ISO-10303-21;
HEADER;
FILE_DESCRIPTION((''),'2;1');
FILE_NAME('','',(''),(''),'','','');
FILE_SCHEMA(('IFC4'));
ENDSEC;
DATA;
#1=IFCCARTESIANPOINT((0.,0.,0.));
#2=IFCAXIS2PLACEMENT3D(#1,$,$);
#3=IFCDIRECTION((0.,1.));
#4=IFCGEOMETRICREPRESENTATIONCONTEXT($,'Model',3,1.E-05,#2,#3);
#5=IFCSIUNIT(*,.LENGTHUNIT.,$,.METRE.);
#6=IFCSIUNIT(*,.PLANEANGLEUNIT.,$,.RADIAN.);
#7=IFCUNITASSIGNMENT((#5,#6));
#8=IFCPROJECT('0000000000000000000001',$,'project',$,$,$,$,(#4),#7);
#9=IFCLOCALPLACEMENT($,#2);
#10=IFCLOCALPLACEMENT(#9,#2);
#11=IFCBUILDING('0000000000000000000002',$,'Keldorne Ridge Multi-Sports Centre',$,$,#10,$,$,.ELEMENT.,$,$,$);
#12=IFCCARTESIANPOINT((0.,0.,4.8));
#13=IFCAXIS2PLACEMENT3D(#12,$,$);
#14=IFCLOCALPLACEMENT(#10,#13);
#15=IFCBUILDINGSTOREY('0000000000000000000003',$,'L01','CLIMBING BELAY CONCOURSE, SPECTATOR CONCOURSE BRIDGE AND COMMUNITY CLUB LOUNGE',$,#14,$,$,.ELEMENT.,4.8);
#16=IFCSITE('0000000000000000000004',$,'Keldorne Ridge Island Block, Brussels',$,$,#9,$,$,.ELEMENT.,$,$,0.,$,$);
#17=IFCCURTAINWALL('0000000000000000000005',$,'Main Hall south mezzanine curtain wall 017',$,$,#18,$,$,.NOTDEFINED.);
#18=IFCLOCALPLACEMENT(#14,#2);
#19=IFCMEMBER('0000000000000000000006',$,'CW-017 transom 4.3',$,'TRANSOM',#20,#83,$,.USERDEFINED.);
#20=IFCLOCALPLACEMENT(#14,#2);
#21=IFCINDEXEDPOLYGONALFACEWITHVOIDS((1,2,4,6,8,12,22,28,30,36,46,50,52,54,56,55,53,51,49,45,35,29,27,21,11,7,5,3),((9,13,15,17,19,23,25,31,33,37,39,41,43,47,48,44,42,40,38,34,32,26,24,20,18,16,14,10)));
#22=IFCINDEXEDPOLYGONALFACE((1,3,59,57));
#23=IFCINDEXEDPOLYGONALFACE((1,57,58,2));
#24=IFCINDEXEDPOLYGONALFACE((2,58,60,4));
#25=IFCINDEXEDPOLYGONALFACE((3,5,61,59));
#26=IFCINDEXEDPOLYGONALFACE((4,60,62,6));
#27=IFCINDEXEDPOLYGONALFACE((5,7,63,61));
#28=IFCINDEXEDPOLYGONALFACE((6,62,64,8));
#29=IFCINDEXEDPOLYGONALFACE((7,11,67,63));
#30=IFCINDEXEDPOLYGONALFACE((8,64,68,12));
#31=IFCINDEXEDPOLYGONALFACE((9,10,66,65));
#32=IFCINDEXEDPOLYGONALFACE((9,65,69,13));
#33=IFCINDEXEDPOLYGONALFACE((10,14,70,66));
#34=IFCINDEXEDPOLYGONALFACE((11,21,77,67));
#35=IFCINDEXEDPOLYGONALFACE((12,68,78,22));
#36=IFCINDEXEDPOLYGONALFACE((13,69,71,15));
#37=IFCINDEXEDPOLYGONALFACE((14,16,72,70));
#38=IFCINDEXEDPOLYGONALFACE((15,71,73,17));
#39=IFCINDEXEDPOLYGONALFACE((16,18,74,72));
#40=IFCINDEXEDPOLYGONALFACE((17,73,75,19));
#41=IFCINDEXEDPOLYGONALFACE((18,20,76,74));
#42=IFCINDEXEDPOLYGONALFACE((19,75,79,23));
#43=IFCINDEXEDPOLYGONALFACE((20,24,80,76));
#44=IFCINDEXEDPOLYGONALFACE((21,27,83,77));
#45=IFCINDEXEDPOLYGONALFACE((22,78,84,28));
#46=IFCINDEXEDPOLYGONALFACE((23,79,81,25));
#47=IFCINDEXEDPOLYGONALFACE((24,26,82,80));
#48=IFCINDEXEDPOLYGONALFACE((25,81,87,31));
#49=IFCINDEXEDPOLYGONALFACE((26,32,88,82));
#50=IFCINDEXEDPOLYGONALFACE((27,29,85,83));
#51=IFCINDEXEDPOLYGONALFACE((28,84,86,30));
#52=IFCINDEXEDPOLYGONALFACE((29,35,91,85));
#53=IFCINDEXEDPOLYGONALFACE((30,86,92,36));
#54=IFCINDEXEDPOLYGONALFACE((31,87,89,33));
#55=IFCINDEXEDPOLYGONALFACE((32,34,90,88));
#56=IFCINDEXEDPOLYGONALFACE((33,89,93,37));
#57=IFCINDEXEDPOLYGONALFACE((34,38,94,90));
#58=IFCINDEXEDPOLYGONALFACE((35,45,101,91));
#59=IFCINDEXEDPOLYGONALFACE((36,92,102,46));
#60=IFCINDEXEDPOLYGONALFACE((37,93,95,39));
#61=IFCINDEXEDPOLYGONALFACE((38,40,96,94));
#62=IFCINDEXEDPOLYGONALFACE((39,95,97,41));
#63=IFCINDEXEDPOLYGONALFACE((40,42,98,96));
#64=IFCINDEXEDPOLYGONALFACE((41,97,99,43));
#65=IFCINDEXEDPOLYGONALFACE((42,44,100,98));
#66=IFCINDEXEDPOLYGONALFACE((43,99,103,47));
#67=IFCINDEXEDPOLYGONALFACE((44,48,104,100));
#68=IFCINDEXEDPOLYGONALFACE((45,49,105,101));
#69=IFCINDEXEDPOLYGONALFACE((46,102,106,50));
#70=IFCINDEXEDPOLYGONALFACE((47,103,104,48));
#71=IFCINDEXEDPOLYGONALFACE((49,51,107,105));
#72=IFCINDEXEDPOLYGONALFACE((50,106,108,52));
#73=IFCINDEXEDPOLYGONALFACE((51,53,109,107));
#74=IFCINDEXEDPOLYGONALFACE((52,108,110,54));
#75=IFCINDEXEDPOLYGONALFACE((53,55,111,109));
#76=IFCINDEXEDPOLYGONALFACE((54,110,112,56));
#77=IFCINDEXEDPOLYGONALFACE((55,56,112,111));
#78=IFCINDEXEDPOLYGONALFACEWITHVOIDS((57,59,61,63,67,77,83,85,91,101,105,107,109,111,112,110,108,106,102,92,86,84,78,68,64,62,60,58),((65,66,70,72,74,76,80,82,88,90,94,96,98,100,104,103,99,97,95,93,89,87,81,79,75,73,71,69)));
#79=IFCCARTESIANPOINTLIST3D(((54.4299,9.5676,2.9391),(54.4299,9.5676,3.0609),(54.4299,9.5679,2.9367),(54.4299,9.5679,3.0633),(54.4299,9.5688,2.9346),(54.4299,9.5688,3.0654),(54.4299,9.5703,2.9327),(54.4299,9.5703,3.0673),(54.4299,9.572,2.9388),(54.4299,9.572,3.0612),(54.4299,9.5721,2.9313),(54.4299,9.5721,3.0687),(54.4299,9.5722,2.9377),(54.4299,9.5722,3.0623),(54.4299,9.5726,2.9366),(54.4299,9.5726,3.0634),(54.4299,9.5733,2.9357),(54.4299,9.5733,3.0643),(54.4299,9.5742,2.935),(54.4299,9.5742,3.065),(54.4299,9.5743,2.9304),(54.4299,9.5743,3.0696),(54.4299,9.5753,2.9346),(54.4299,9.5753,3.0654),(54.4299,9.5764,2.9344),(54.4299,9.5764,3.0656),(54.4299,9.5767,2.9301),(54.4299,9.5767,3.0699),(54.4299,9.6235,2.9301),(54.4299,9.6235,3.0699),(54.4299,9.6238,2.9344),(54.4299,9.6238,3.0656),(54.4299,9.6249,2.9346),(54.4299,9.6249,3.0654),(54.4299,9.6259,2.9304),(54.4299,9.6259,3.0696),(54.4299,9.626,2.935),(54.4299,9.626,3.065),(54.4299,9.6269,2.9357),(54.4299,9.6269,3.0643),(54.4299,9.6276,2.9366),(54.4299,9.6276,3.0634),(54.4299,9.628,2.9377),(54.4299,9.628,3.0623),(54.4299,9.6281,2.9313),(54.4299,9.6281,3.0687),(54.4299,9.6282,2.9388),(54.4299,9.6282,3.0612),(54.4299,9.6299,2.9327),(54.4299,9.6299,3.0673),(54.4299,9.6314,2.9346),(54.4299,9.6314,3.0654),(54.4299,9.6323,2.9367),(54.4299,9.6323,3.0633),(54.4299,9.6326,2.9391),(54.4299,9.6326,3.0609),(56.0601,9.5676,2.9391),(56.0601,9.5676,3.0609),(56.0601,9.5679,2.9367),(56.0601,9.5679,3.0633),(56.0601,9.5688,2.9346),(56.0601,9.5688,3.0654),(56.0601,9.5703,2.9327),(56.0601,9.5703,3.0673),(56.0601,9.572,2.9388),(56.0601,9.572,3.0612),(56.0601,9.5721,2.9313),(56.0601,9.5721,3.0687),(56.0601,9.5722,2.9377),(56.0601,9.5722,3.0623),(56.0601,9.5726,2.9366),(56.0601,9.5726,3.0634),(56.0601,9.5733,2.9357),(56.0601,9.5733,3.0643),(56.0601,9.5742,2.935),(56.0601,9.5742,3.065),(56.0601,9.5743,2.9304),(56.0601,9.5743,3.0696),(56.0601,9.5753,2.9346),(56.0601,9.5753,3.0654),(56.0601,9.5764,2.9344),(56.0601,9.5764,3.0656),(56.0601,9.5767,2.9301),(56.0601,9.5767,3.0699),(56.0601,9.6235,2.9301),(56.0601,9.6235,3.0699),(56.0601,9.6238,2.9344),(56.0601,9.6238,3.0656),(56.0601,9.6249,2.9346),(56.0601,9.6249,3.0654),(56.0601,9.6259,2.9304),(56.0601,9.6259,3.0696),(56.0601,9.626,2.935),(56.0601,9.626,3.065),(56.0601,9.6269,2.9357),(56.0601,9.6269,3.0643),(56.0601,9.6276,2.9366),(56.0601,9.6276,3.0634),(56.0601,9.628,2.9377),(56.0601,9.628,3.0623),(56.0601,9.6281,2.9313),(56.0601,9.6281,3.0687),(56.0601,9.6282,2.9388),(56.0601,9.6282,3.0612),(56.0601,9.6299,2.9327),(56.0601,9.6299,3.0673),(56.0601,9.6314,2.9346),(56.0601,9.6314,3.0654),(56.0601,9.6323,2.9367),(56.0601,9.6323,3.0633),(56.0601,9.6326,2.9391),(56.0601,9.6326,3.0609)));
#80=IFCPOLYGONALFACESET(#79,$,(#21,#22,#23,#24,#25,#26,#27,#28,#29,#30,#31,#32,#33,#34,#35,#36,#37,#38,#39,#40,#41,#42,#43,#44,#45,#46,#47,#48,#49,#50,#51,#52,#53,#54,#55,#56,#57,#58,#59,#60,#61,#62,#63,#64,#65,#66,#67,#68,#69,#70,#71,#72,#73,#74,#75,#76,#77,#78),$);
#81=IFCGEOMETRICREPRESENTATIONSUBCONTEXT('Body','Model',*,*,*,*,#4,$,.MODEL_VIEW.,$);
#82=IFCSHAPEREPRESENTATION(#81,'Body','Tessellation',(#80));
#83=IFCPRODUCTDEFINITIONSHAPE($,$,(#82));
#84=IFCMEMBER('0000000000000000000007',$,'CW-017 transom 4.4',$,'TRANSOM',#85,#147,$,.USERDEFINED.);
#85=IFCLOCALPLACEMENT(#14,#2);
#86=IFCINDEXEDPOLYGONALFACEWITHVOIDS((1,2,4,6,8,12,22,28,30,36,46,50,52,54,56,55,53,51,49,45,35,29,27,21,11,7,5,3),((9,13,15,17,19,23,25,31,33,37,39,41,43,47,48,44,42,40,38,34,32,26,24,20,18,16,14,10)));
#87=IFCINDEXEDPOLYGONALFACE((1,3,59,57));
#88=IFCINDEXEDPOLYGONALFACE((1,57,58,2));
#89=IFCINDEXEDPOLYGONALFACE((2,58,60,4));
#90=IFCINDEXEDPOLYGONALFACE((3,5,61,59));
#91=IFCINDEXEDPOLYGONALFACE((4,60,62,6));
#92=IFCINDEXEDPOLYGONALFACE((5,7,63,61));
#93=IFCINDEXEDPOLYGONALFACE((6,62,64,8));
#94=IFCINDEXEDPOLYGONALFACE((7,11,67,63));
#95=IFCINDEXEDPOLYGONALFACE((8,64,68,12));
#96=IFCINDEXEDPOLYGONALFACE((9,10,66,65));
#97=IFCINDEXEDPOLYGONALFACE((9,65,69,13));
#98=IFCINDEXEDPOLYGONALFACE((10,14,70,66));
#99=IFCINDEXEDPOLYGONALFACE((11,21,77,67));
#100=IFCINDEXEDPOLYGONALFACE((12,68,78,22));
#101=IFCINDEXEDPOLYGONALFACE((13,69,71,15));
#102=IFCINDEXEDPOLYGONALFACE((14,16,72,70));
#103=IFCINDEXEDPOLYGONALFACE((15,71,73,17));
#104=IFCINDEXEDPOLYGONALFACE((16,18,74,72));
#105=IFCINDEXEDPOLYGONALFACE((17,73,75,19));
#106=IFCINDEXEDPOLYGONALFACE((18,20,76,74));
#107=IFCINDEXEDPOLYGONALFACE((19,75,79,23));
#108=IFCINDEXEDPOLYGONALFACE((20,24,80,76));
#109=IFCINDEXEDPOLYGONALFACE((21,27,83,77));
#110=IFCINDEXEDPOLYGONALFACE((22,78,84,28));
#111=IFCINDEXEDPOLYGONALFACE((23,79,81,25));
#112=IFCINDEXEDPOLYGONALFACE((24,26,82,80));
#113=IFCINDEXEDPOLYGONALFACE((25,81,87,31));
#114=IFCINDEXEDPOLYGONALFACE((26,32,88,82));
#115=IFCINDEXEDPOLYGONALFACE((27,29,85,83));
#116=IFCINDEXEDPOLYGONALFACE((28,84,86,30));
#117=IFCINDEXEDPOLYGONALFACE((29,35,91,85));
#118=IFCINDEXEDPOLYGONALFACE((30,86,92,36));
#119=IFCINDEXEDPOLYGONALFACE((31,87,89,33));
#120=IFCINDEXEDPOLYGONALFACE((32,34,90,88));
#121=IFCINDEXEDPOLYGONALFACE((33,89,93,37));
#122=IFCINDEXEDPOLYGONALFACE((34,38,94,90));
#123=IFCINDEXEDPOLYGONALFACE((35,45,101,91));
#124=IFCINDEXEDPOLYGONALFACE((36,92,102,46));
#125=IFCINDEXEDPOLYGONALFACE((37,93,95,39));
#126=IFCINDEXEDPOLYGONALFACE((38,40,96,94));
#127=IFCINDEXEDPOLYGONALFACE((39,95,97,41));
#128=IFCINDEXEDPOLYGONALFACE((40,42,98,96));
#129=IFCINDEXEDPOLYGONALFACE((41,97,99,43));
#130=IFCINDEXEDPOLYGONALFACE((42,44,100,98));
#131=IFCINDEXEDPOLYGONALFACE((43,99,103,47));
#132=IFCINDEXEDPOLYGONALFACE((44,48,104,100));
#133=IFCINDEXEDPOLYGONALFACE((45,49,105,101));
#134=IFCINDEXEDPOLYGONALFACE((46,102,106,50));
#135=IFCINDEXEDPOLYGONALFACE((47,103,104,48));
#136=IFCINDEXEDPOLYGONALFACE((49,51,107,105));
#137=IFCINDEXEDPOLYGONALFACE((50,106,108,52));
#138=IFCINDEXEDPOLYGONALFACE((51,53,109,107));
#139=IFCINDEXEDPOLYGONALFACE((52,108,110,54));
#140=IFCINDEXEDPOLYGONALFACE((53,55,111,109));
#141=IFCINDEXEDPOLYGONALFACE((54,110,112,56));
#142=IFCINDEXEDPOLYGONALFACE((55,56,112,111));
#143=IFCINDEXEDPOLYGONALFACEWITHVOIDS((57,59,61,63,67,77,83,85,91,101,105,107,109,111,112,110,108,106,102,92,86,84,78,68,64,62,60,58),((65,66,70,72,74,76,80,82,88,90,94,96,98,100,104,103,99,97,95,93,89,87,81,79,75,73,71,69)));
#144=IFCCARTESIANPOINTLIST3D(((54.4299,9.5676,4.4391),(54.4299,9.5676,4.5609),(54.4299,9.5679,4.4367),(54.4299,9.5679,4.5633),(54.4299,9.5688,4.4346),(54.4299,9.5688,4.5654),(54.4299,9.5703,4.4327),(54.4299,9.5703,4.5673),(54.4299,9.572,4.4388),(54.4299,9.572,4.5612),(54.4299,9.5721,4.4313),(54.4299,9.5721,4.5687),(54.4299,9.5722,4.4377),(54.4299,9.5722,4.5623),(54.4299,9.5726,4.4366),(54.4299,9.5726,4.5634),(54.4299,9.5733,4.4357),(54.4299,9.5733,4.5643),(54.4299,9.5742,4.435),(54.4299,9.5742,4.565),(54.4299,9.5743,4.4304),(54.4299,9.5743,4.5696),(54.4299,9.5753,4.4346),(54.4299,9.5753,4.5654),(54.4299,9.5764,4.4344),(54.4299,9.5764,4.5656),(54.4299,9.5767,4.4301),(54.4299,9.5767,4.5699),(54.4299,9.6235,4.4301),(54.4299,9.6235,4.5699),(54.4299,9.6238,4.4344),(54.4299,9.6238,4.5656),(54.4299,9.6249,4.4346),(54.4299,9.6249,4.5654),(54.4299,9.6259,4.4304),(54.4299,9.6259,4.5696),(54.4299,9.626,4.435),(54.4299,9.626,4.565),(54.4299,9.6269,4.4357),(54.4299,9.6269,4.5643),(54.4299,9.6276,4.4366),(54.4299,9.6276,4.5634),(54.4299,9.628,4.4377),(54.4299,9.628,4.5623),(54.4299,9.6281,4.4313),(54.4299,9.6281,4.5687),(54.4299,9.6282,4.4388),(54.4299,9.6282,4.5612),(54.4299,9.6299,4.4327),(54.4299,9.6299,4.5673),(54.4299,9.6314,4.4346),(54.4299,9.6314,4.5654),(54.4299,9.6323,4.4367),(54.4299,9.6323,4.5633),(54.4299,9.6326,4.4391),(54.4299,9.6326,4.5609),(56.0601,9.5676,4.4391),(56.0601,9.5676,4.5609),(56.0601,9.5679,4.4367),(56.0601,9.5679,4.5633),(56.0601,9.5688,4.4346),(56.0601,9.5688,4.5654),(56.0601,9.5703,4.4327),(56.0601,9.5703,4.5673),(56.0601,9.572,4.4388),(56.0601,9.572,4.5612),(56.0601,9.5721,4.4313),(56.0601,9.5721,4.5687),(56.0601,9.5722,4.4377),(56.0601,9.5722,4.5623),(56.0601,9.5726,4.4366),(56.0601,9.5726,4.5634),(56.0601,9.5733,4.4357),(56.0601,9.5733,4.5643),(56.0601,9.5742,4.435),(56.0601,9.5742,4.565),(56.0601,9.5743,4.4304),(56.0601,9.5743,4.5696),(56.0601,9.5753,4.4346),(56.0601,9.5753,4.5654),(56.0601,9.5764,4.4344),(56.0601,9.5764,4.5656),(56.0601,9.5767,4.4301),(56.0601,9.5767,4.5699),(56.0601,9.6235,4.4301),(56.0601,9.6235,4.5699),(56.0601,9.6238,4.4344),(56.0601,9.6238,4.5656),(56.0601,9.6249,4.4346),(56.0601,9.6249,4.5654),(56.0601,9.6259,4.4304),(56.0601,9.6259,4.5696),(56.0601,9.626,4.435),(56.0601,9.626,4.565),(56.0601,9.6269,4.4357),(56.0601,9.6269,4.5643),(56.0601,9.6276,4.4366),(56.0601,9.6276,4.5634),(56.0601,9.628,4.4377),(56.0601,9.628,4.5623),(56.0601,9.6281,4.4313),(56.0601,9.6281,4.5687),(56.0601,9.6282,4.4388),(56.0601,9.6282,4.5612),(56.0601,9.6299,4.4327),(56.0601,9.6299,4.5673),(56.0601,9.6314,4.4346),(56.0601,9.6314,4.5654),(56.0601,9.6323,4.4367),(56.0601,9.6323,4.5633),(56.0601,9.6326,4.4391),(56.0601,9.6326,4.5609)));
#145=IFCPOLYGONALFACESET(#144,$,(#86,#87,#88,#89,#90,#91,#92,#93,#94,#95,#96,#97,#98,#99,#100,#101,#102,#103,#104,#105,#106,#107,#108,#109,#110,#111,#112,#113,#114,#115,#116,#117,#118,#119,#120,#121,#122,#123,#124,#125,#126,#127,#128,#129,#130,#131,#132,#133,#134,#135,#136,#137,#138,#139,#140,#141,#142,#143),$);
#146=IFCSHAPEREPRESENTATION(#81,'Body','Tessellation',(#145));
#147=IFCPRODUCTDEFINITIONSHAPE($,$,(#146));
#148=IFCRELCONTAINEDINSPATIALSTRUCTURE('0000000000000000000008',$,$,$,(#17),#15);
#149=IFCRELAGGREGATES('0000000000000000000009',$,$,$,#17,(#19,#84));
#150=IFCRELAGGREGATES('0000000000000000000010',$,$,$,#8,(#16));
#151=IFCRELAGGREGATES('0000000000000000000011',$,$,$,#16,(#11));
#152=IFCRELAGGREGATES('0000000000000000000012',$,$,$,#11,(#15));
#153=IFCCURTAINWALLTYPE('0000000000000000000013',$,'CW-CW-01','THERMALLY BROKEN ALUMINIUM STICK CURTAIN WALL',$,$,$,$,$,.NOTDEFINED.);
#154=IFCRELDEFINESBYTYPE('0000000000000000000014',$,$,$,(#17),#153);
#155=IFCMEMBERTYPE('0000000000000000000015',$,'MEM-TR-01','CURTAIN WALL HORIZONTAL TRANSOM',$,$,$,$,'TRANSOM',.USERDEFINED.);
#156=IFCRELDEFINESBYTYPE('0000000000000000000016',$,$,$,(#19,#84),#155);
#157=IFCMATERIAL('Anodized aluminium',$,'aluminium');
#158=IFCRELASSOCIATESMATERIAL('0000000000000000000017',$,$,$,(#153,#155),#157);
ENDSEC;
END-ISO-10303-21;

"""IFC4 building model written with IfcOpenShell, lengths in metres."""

from ifc_helpers import new_model, si_unit, direction, frame, origin, origin_2d, place, context, subcontext, project, spatial, hollow_rectangle, extrude, material, material_profile, profile_set, type_object, element, aggregate, save


model = new_model("IFC4")

# Units and contexts
model_context = context("Model", 3, precision=1e-05, world=origin(), true_north=direction((0.0, 1.0)))
body_context = subcontext(model_context, "Body", "Model", "MODEL_VIEW")
ifc_project = project(units=[si_unit("LENGTHUNIT", "METRE"), si_unit("PLANEANGLEUNIT", "RADIAN")], contexts=[model_context])

# Site, building, storey
site_placement = place(None, origin())
site = spatial("IfcSite", under=ifc_project, at=site_placement, Name="Keldorne Ridge Island Block, Brussels", CompositionType="ELEMENT", RefElevation=0.0)
building_placement = place(site_placement, origin())
building = spatial("IfcBuilding", under=site, at=building_placement, Name="Keldorne Ridge Multi-Sports Centre", CompositionType="ELEMENT")
storey_placement = place(building_placement, frame((0.0, 0.0, 4.8)))
storey = spatial("IfcBuildingStorey", under=building, at=storey_placement, Name="L01", Description="CLIMBING BELAY CONCOURSE, SPECTATOR CONCOURSE BRIDGE AND COMMUNITY CLUB LOUNGE", CompositionType="ELEMENT", Elevation=4.8)

# Curtain wall, members
ifc_material_1 = material(Name="Anodized aluminium", Category="aluminium")
curtain_wall_type_1 = type_object("IfcCurtainWallType", Name="CW-CW-01", Description="THERMALLY BROKEN ALUMINIUM STICK CURTAIN WALL", PredefinedType="NOTDEFINED", material=ifc_material_1)
curtain_wall_1_placement = place(storey_placement, origin())
curtain_wall_1 = element("IfcCurtainWall", 1, at=curtain_wall_1_placement, inside=storey, type_object=curtain_wall_type_1, Name="Main Hall south mezzanine curtain wall 017", PredefinedType="NOTDEFINED")
ifc_material_profile_1 = material_profile(ifc_material_1, hollow_rectangle(XDim=0.0649, YDim=0.1399, WallThickness=0.0044, InnerFilletRadius=0.0044, OuterFilletRadius=0.009, at=origin_2d()), Name="ALU TRANSOM 140x65x4.5")
ifc_profile_set_1 = profile_set([ifc_material_profile_1], Name="Anodized aluminium")
member_type = type_object("IfcMemberType", Name="MEM-TR-01", Description="CURTAIN WALL HORIZONTAL TRANSOM", ElementType="TRANSOM", PredefinedType="USERDEFINED", material=ifc_profile_set_1)
member_1_placement = place(storey_placement, frame((54.4299, 9.6001, 3.0), z_axis=(1.0, 0.0, 0.0), x_axis=(0.0, 1.0, 0.0)))
member_1 = element("IfcMember", 2, at=member_1_placement, type_object=member_type, Name="CW-017 transom 4.3", ObjectType="TRANSOM", PredefinedType="USERDEFINED", context=body_context, shape_type="SweptSolid", body=[
    extrude(hollow_rectangle(XDim=0.0649, YDim=0.1399, WallThickness=0.0044, InnerFilletRadius=0.0044, OuterFilletRadius=0.009, at=origin_2d()), origin(), (0.0, 0.0, 1.0), 1.6301),
])
member_2_placement = place(storey_placement, frame((54.4299, 9.6001, 4.5), z_axis=(1.0, 0.0, 0.0), x_axis=(0.0, 1.0, 0.0)))
member_2 = element("IfcMember", 3, at=member_2_placement, type_object=member_type, Name="CW-017 transom 4.4", ObjectType="TRANSOM", PredefinedType="USERDEFINED", context=body_context, shape_type="SweptSolid", body=[
    extrude(hollow_rectangle(XDim=0.0649, YDim=0.1399, WallThickness=0.0044, InnerFilletRadius=0.0044, OuterFilletRadius=0.009, at=origin_2d()), origin(), (0.0, 0.0, 1.0), 1.6301),
])

aggregate(curtain_wall_1, [member_1, member_2])

save(model, "model.ifc")
